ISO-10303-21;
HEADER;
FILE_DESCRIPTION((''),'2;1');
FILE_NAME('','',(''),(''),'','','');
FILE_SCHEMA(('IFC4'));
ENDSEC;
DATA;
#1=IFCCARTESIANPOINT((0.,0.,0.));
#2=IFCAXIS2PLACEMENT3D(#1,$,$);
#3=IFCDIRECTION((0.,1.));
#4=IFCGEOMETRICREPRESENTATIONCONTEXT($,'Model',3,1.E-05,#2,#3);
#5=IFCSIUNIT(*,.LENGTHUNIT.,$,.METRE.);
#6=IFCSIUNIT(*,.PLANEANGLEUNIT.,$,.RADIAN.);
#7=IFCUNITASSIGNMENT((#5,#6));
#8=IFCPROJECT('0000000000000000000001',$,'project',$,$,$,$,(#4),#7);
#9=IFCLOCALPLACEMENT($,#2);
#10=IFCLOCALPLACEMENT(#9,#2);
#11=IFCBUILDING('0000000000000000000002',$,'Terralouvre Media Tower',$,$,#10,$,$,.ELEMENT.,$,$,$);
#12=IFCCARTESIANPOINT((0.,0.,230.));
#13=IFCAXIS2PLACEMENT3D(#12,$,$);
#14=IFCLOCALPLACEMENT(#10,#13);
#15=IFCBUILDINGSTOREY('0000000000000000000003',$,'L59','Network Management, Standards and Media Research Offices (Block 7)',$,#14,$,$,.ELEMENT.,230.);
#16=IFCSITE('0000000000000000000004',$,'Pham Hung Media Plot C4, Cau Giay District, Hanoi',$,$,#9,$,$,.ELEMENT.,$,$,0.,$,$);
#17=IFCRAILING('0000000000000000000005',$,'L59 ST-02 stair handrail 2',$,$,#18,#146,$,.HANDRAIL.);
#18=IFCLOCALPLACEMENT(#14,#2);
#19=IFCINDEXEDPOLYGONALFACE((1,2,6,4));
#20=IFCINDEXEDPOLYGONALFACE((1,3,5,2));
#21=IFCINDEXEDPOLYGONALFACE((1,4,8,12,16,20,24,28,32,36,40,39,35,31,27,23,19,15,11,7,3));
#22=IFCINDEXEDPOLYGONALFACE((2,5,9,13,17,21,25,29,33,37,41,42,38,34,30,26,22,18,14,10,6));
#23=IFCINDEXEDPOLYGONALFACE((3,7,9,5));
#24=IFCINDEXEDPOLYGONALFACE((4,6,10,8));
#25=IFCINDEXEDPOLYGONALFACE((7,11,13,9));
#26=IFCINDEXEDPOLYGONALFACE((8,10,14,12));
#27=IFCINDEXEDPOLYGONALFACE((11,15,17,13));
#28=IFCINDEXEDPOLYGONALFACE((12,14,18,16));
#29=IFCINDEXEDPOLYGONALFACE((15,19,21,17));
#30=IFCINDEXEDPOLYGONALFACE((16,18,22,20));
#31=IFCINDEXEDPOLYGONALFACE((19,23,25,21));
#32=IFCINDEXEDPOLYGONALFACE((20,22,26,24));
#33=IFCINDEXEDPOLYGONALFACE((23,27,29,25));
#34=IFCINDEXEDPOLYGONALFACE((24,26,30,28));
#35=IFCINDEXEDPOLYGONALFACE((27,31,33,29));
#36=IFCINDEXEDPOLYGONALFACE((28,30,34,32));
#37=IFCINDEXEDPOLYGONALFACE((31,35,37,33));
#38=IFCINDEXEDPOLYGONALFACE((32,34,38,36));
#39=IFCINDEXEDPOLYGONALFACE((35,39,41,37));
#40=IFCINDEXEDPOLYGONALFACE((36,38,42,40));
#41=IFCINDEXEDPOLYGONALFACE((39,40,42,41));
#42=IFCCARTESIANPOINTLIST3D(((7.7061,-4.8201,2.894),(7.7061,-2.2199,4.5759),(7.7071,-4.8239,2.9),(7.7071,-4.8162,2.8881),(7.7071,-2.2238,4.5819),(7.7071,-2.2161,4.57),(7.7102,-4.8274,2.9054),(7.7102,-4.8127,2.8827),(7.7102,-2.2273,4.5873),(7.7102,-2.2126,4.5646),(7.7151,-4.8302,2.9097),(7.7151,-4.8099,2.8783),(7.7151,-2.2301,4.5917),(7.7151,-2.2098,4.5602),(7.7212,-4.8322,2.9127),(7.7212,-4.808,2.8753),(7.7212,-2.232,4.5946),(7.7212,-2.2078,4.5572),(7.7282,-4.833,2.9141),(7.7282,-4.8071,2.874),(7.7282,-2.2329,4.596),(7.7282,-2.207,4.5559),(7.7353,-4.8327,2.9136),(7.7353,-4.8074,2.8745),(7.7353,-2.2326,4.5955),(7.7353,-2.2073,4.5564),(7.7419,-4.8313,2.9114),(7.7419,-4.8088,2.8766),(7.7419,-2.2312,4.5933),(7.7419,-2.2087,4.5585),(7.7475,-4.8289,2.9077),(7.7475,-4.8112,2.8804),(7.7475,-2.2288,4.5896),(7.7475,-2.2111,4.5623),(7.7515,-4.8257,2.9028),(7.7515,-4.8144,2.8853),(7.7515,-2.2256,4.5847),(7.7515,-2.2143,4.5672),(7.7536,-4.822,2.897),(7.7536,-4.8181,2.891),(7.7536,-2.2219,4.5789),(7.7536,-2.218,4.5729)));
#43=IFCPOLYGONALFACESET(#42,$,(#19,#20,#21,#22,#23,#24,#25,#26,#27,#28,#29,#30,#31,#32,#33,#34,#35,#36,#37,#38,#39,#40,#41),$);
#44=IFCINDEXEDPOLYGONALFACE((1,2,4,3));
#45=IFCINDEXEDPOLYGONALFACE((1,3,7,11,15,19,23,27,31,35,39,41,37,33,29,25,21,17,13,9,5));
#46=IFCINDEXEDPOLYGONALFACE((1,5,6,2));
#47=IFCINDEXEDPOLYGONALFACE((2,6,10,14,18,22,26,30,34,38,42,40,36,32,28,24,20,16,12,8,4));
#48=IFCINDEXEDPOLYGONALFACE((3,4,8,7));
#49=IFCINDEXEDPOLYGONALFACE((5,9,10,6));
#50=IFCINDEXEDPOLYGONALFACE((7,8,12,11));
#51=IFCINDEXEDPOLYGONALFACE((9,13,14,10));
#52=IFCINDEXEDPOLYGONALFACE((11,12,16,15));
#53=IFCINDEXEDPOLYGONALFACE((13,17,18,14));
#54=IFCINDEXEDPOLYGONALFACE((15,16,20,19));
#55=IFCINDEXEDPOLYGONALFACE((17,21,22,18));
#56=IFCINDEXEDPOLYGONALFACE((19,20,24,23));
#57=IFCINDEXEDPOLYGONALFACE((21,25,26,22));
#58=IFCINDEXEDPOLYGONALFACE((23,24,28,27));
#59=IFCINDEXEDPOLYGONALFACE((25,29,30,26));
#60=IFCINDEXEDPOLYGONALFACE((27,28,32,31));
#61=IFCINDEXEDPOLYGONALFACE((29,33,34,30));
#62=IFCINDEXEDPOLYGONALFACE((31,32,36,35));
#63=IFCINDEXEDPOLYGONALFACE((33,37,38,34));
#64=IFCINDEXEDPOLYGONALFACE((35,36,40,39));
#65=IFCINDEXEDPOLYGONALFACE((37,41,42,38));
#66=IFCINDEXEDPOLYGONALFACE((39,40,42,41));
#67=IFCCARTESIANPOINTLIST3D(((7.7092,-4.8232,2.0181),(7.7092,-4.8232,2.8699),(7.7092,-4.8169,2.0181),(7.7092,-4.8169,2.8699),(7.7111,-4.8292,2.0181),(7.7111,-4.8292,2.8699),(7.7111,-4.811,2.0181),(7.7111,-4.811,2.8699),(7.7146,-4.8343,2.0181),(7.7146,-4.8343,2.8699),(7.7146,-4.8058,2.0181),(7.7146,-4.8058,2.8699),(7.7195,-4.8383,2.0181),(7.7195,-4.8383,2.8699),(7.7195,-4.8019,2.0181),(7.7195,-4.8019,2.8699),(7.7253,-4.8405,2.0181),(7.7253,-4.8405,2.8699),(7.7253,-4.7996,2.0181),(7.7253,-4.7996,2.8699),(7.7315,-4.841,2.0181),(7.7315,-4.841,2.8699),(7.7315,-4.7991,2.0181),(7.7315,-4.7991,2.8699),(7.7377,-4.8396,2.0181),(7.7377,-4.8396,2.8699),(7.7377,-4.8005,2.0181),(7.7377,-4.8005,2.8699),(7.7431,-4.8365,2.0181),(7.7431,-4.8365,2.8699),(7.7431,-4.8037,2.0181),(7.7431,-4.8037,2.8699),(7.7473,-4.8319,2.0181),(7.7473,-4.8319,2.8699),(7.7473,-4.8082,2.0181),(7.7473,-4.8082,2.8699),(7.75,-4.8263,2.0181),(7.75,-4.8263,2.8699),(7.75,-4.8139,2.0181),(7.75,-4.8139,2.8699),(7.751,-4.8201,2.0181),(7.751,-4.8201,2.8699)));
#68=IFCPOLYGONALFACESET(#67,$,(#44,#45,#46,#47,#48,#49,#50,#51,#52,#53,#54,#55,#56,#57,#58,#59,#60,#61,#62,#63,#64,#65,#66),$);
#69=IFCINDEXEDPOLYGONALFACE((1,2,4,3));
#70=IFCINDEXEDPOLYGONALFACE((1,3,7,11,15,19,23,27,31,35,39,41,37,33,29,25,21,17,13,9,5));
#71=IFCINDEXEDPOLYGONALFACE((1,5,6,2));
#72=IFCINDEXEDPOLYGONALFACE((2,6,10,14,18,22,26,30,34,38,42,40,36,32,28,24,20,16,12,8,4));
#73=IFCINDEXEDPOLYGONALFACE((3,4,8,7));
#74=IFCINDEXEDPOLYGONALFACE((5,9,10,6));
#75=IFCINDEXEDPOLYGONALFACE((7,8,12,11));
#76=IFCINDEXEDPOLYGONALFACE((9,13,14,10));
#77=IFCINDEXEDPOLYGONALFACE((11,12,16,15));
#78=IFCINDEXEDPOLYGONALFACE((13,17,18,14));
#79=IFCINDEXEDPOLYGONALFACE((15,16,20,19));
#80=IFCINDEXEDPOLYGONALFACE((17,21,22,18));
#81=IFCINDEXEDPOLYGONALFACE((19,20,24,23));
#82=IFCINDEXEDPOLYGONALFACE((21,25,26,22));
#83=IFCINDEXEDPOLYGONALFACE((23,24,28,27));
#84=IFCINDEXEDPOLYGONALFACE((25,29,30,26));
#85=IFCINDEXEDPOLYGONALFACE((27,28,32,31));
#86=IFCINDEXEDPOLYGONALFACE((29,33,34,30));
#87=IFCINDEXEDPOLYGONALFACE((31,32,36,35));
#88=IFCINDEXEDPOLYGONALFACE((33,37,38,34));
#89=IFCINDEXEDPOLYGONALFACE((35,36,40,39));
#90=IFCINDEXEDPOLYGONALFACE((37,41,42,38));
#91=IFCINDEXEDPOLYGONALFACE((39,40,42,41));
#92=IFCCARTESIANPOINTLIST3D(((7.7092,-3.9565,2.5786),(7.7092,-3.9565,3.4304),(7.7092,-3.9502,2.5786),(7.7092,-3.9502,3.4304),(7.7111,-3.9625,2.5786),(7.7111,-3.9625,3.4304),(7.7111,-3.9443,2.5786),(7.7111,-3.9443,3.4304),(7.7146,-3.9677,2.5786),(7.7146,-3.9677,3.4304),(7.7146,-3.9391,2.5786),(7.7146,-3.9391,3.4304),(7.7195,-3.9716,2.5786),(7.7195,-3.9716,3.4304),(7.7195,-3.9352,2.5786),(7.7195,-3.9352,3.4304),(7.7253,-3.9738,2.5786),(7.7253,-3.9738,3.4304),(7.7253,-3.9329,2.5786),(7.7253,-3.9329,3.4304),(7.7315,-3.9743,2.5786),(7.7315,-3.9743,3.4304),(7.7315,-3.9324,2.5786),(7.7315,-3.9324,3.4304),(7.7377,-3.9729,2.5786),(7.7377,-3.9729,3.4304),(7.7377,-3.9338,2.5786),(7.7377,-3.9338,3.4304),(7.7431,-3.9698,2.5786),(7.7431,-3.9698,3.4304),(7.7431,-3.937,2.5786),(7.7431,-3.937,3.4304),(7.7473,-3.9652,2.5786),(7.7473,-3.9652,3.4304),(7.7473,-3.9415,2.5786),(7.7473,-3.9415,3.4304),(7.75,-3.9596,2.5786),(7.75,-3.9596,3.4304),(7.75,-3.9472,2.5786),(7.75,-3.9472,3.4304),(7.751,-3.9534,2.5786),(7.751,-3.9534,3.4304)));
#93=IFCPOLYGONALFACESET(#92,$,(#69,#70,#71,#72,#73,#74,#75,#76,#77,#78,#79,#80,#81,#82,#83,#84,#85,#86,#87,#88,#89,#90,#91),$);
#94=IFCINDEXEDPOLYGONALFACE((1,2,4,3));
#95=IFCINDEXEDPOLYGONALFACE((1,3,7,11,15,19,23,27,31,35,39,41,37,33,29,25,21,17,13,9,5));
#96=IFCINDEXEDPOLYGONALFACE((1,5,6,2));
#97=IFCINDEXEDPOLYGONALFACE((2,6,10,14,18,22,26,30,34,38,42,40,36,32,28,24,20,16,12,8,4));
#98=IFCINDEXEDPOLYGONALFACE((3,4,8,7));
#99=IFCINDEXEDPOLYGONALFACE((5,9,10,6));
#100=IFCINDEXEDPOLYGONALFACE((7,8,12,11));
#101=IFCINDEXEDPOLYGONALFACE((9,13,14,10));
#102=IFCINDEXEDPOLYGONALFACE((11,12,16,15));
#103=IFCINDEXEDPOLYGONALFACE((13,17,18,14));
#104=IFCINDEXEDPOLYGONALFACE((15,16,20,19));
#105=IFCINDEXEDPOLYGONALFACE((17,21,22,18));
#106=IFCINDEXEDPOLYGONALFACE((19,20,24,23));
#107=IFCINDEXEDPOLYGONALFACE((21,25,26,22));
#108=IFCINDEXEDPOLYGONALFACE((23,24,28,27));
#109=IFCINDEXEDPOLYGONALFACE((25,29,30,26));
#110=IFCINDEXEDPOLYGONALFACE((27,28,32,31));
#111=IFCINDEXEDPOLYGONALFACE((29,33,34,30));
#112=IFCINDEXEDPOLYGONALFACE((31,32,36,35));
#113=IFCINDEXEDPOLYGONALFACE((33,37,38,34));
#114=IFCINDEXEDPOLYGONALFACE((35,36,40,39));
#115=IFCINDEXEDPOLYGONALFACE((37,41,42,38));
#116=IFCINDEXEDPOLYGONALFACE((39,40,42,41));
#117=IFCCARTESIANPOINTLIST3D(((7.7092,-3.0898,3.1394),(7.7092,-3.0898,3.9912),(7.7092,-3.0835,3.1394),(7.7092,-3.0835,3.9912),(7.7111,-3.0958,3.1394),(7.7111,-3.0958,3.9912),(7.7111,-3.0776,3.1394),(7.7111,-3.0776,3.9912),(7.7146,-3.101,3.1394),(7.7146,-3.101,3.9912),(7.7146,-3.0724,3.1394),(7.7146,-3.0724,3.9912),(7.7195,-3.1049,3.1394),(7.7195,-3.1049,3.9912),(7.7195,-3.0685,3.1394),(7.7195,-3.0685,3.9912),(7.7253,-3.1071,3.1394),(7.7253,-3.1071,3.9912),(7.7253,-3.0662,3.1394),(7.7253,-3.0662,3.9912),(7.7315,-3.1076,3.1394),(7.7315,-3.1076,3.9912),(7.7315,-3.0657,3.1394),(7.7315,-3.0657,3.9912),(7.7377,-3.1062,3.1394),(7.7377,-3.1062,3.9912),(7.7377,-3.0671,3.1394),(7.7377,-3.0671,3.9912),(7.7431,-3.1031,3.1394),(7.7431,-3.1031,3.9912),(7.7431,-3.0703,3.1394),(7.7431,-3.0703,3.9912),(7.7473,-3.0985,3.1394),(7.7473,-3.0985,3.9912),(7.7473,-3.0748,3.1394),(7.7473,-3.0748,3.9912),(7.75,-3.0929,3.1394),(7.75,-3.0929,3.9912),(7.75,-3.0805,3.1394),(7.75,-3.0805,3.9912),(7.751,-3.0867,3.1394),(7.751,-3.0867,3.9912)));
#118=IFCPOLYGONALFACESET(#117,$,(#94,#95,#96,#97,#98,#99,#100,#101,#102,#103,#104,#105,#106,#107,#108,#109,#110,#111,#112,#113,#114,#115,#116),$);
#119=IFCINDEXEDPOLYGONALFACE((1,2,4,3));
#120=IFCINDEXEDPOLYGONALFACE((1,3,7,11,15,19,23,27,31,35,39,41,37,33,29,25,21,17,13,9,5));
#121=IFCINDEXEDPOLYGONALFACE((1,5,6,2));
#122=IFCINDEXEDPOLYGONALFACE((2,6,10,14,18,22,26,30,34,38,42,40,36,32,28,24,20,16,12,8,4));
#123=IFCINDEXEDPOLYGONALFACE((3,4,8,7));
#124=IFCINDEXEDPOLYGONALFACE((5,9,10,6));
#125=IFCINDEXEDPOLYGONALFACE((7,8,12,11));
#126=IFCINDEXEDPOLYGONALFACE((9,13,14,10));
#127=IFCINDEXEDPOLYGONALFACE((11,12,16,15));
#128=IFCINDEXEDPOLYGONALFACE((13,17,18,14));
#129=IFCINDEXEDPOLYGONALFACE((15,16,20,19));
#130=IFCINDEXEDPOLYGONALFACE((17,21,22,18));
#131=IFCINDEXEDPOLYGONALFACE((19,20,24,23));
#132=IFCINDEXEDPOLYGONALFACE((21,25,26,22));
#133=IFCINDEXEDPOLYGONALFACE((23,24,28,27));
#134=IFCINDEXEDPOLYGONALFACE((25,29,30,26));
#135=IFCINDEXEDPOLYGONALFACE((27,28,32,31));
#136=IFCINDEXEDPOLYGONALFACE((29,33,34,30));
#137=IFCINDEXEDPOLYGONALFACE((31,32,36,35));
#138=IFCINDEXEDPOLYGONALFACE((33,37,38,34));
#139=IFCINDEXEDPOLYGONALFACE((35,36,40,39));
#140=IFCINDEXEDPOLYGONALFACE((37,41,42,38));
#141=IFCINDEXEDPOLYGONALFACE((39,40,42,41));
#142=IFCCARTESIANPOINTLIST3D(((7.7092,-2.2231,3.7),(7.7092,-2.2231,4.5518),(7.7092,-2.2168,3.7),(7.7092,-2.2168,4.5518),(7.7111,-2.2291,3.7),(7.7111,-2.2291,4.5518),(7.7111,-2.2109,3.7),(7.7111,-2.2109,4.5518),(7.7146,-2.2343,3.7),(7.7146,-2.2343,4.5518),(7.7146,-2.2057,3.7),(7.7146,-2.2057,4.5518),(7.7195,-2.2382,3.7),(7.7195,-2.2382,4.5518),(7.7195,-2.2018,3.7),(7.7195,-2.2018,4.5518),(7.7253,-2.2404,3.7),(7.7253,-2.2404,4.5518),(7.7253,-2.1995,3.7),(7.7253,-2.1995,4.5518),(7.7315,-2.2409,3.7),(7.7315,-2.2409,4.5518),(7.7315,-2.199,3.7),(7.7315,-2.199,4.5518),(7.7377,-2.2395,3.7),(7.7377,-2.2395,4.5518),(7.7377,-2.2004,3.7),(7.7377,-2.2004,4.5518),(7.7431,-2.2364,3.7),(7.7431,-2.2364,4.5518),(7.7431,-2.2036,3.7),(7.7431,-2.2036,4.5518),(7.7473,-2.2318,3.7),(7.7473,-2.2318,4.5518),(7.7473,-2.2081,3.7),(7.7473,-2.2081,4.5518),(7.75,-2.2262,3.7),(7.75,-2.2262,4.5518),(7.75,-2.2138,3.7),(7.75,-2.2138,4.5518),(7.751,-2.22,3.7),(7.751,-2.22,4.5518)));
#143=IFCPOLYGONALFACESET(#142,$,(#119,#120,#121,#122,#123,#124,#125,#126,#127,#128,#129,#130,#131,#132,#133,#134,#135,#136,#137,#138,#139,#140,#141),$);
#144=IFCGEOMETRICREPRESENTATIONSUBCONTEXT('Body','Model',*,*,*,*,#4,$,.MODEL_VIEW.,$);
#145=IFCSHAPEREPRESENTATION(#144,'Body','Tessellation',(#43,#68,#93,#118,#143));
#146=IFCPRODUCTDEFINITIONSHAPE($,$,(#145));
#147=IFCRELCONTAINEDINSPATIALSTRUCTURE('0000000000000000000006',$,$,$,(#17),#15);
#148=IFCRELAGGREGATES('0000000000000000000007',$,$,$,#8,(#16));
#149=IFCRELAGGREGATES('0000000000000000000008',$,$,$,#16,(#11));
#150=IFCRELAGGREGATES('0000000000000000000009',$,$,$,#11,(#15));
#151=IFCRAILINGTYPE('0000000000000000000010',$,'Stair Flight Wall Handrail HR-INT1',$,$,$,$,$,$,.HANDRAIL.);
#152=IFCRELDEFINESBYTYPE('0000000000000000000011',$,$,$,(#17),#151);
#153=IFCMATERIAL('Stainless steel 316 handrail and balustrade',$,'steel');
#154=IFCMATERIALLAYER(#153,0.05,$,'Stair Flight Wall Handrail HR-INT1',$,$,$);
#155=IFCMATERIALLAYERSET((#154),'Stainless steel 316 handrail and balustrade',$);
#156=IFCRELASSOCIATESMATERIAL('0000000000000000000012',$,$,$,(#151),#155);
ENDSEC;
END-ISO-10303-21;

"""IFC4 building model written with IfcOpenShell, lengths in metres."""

from ifc_helpers import new_model, si_unit, direction, frame, origin, origin_2d, place, context, subcontext, project, spatial, circle, extrude, material, layer, layer_set, type_object, element, save


model = new_model("IFC4")

# Units and contexts
model_context = context("Model", 3, precision=1e-05, world=origin(), true_north=direction((0.0, 1.0)))
body_context = subcontext(model_context, "Body", "Model", "MODEL_VIEW")
ifc_project = project(units=[si_unit("LENGTHUNIT", "METRE"), si_unit("PLANEANGLEUNIT", "RADIAN")], contexts=[model_context])

# Site, building, storey
site_placement = place(None, origin())
site = spatial("IfcSite", under=ifc_project, at=site_placement, Name="Pham Hung Media Plot C4, Cau Giay District, Hanoi", CompositionType="ELEMENT", RefElevation=0.0)
building_placement = place(site_placement, origin())
building = spatial("IfcBuilding", under=site, at=building_placement, Name="Terralouvre Media Tower", CompositionType="ELEMENT")
storey_placement = place(building_placement, frame((0.0, 0.0, 230.0)))
storey = spatial("IfcBuildingStorey", under=building, at=storey_placement, Name="L59", Description="Network Management, Standards and Media Research Offices (Block 7)", CompositionType="ELEMENT", Elevation=230.0)

# Railing
ifc_material_1 = material(Name="Stainless steel 316 handrail and balustrade", Category="steel")
ifc_layer_1 = layer(ifc_material_1, 0.05, Name="Stair Flight Wall Handrail HR-INT1")
ifc_layer_set_1 = layer_set([ifc_layer_1], Name="Stainless steel 316 handrail and balustrade")
railing_type_1 = type_object("IfcRailingType", Name="Stair Flight Wall Handrail HR-INT1", PredefinedType="HANDRAIL", material=ifc_layer_set_1)
railing_1_placement = place(storey_placement, frame((7.73, -4.8201, 2.0181)))
element("IfcRailing", 1, at=railing_1_placement, inside=storey, type_object=railing_type_1, Name="L59 ST-02 stair handrail 2", PredefinedType="HANDRAIL", context=body_context, shape_type="SweptSolid", body=[
    extrude(circle(Radius=0.0239, at=origin_2d()), frame((0.0, 0.0, 0.876), z_axis=(0.0, 0.839648, 0.54313), x_axis=(-1.0, 0.0, 0.0)), (0.0, 0.0, 1.0), 3.0967),
    extrude(circle(Radius=0.021, at=origin_2d()), origin(), (0.0, 0.0, 1.0), 0.8518),
    extrude(circle(Radius=0.021, at=origin_2d()), frame((0.0, 0.8667, 0.5605)), (0.0, 0.0, 1.0), 0.8518),
    extrude(circle(Radius=0.021, at=origin_2d()), frame((0.0, 1.7334, 1.1213)), (0.0, 0.0, 1.0), 0.8518),
    extrude(circle(Radius=0.021, at=origin_2d()), frame((0.0, 2.6001, 1.6819)), (0.0, 0.0, 1.0), 0.8518),
])

save(model, "model.ifc")
